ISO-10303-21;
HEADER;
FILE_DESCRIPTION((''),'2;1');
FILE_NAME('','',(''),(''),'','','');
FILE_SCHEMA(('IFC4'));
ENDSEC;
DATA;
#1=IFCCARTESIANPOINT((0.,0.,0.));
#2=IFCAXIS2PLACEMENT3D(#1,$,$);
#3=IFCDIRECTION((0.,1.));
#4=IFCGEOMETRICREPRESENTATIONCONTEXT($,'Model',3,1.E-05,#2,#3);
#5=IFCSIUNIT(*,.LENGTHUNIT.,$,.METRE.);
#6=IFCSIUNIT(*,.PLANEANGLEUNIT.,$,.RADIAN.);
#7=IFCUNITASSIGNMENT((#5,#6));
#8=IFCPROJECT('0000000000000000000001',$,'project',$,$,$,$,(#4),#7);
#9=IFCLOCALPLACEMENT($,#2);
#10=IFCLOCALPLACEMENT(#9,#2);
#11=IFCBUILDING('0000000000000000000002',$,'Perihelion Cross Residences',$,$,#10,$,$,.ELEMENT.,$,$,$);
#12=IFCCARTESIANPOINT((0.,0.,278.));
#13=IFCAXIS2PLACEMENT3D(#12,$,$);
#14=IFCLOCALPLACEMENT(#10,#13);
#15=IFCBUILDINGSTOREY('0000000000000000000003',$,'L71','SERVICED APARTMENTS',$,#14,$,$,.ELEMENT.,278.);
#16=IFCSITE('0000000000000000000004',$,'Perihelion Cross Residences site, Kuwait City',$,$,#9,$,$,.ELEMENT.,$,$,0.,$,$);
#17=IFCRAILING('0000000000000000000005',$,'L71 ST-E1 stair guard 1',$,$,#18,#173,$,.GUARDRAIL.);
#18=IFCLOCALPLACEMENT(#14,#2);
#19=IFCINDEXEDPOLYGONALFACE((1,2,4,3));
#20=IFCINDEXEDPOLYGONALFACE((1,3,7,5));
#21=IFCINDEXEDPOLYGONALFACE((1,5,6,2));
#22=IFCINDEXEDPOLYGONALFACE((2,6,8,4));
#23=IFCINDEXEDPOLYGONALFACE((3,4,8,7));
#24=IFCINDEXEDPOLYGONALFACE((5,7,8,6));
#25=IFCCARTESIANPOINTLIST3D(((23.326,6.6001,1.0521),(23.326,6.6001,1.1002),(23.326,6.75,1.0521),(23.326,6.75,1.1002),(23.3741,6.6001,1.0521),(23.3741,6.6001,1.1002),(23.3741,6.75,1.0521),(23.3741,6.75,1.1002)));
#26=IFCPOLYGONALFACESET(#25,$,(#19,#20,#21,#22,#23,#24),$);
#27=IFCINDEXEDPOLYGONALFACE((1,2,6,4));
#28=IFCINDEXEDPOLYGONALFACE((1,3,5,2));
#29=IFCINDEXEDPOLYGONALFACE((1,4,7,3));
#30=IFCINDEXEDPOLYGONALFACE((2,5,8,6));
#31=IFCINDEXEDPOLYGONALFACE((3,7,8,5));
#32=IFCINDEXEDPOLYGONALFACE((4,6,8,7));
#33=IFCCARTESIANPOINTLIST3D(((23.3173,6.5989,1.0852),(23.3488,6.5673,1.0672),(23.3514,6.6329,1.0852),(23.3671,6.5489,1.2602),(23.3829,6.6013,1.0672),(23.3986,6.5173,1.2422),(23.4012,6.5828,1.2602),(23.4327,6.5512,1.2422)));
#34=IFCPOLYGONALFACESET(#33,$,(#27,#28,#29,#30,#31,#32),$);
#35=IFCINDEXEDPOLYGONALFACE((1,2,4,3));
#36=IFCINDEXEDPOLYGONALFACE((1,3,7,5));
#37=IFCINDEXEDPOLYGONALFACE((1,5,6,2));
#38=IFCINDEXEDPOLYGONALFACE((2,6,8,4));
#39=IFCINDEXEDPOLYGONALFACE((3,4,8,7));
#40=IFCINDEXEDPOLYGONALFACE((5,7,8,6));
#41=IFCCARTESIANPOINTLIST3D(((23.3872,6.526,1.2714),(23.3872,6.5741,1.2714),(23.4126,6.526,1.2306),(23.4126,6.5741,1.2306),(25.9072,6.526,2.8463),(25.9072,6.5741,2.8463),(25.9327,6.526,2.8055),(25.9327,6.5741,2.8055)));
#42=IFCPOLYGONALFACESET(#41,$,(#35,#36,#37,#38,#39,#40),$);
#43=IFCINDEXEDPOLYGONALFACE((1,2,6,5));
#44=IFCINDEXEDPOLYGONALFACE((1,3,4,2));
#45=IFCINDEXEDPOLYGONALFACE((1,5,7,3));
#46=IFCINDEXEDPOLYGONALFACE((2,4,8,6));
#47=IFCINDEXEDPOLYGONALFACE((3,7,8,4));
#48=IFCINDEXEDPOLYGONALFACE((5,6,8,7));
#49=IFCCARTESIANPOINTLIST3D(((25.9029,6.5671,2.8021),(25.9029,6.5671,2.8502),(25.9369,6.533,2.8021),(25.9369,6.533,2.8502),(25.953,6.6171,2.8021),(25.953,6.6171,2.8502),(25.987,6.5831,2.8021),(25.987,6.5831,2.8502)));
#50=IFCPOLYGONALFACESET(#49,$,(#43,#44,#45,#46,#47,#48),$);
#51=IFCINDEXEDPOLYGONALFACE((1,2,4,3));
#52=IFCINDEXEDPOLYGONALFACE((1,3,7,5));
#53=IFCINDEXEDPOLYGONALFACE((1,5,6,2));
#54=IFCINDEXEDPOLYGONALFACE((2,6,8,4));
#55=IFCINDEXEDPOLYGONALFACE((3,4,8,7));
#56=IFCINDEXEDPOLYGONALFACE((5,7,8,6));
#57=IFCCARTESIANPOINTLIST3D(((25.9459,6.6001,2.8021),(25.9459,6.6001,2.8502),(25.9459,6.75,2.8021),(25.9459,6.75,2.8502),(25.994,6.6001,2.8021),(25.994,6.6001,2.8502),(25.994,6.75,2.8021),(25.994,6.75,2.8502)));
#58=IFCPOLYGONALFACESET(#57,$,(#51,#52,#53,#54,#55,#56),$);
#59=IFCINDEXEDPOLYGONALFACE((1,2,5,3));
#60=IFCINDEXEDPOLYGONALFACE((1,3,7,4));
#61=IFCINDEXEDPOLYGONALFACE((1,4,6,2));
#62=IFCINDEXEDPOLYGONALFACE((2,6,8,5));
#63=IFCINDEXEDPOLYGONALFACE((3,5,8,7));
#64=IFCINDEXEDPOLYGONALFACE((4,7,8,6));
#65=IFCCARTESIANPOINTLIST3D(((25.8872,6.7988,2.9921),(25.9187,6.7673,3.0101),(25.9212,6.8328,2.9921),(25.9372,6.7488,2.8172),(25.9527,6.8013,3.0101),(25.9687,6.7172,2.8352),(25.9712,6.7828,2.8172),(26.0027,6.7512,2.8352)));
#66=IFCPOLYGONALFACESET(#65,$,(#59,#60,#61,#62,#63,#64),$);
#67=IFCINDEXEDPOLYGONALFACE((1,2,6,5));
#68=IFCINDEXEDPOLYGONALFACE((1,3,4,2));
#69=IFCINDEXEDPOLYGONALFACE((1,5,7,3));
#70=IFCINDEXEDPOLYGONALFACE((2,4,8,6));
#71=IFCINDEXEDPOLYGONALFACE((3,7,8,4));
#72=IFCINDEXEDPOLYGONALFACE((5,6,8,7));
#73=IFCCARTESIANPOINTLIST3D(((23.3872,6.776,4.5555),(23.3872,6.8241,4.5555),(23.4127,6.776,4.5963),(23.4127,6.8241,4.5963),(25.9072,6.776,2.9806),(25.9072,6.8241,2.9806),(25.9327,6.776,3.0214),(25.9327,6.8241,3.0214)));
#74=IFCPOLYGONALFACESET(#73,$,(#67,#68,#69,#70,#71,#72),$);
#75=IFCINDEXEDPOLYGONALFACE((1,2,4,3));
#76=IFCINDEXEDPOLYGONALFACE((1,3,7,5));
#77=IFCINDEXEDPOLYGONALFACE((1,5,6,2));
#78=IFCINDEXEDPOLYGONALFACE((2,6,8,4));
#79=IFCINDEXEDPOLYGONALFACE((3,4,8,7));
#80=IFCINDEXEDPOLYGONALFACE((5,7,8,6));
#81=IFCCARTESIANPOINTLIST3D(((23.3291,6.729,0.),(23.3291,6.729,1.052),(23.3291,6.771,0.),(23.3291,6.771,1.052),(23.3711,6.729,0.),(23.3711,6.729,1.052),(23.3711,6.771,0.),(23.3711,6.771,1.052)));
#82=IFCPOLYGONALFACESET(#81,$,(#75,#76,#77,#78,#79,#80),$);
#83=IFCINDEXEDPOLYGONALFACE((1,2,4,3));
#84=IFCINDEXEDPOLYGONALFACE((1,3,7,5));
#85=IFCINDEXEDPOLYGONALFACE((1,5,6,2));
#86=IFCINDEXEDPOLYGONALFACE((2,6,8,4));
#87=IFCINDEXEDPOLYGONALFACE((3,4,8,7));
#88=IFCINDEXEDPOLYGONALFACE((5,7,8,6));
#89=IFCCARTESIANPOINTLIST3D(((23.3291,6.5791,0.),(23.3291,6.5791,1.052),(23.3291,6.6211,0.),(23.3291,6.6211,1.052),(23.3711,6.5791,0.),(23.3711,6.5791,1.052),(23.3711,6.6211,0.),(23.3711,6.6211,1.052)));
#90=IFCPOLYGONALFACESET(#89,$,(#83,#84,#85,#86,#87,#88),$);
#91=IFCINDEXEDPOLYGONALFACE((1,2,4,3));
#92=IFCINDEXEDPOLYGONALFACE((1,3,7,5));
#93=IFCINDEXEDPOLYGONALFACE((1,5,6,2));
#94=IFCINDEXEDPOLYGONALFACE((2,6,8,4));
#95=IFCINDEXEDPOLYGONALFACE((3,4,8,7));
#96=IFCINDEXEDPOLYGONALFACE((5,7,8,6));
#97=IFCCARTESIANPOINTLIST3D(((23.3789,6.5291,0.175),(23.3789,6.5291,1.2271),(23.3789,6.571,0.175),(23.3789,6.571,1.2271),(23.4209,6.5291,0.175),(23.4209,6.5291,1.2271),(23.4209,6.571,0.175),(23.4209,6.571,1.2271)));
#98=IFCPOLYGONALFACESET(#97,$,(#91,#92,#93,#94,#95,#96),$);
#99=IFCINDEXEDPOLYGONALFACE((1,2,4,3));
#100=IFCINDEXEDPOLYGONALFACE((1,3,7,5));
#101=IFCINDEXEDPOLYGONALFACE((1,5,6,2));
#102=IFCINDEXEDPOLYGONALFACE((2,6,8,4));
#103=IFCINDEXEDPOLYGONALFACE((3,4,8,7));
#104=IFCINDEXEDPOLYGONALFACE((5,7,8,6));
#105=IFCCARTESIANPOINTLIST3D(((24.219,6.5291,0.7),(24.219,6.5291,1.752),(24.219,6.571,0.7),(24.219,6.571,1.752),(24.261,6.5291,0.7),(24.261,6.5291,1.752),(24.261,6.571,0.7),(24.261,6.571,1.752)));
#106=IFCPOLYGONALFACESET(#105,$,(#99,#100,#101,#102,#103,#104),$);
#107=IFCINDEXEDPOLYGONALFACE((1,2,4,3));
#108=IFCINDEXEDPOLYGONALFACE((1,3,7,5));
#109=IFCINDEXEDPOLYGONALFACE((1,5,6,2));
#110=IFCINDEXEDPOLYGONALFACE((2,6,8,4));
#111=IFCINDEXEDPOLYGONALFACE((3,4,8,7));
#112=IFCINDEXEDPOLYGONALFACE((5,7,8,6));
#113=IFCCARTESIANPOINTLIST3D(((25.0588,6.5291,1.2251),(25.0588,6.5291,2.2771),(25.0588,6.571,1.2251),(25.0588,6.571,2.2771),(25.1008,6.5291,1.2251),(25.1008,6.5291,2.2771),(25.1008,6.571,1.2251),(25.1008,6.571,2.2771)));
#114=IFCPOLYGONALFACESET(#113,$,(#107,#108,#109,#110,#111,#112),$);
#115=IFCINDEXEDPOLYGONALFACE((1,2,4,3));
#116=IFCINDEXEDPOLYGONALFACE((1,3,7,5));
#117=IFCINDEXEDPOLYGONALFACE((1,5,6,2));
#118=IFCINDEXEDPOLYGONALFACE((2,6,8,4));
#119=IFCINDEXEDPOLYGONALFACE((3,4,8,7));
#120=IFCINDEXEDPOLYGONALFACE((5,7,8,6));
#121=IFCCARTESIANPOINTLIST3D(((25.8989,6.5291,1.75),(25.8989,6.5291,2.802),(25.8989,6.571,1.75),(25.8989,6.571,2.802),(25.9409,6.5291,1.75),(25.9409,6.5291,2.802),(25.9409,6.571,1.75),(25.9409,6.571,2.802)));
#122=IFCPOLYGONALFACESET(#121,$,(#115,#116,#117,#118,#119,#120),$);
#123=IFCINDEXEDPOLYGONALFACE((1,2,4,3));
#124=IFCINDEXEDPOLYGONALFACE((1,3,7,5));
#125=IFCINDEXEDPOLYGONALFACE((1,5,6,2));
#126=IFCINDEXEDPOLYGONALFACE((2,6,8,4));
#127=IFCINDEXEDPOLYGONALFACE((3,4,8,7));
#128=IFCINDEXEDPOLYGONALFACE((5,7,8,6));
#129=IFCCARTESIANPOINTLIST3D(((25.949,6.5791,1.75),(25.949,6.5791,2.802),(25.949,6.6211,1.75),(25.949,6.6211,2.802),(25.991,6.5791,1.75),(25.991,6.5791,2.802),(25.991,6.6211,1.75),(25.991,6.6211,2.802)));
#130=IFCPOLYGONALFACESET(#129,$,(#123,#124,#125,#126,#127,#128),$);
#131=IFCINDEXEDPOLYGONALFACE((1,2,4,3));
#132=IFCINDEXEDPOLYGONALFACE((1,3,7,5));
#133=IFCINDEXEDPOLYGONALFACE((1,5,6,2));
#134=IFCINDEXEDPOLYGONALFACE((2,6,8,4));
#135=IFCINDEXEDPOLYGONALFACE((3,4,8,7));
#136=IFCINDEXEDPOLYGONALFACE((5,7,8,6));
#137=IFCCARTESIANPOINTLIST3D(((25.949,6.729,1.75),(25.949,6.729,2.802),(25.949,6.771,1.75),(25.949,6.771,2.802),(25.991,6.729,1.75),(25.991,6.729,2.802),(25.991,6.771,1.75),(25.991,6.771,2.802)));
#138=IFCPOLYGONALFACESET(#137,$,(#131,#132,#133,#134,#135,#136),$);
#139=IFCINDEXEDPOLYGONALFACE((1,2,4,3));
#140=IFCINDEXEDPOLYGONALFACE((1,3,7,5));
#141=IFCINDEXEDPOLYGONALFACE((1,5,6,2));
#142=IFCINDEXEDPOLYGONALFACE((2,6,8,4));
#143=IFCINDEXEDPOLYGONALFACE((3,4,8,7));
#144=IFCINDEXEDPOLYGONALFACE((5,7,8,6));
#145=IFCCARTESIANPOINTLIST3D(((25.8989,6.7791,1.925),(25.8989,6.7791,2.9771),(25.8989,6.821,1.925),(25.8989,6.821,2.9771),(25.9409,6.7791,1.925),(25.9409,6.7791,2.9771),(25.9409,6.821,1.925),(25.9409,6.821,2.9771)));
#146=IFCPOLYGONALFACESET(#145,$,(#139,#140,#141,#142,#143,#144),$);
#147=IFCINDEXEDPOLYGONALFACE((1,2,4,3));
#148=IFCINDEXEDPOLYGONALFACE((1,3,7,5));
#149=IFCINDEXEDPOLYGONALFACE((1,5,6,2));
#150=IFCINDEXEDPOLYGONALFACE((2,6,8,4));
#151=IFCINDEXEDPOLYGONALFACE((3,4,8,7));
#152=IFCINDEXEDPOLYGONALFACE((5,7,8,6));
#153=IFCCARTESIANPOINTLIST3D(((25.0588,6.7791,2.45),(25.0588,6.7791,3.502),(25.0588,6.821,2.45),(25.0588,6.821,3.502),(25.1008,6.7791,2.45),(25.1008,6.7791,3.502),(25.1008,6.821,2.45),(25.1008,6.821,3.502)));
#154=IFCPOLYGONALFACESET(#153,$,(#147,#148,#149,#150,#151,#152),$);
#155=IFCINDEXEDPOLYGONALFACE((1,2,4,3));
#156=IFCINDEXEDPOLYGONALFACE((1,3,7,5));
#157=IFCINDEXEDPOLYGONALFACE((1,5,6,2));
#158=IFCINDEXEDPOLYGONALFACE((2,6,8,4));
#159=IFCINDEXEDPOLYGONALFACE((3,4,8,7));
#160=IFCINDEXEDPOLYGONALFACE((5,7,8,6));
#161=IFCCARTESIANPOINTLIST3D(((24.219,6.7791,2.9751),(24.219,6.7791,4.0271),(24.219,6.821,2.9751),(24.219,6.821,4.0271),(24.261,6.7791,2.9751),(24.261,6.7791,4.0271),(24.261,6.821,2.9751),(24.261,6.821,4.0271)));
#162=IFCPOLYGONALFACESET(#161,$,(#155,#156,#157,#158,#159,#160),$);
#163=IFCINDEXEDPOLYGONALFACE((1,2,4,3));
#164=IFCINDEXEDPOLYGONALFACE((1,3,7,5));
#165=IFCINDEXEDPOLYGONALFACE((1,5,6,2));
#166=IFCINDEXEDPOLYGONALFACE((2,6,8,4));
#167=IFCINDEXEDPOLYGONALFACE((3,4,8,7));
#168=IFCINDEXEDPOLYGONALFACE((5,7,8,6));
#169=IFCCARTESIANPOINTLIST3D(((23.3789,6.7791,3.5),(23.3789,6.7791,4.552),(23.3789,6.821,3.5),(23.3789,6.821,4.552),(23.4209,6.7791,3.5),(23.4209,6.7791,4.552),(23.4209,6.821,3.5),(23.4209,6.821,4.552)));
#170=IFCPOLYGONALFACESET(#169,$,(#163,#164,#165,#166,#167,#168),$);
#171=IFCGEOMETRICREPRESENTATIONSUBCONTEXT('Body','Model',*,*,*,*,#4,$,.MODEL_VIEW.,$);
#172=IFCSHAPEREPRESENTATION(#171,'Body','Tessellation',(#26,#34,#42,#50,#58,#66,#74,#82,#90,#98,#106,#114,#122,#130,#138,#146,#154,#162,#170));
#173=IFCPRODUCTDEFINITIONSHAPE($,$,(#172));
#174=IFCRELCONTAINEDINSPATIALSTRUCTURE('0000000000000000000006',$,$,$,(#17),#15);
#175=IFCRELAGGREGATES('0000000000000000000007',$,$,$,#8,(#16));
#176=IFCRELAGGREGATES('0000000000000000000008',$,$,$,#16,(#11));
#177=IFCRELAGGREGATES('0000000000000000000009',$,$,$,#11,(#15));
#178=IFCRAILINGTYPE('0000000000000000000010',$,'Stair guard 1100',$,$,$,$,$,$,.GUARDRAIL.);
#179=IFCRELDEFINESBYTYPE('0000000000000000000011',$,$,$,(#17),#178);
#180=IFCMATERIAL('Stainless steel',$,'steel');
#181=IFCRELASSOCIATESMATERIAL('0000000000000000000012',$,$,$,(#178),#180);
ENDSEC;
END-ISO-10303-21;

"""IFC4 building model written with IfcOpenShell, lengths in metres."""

from ifc_helpers import new_model, si_unit, direction, frame, origin, origin_2d, place, context, subcontext, project, spatial, rectangle, extrude, material, type_object, element, save


model = new_model("IFC4")

# Units and contexts
model_context = context("Model", 3, precision=1e-05, world=origin(), true_north=direction((0.0, 1.0)))
body_context = subcontext(model_context, "Body", "Model", "MODEL_VIEW")
ifc_project = project(units=[si_unit("LENGTHUNIT", "METRE"), si_unit("PLANEANGLEUNIT", "RADIAN")], contexts=[model_context])

# Site, building, storey
site_placement = place(None, origin())
site = spatial("IfcSite", under=ifc_project, at=site_placement, Name="Perihelion Cross Residences site, Kuwait City", CompositionType="ELEMENT", RefElevation=0.0)
building_placement = place(site_placement, origin())
building = spatial("IfcBuilding", under=site, at=building_placement, Name="Perihelion Cross Residences", CompositionType="ELEMENT")
storey_placement = place(building_placement, frame((0.0, 0.0, 278.0)))
storey = spatial("IfcBuildingStorey", under=building, at=storey_placement, Name="L71", Description="SERVICED APARTMENTS", CompositionType="ELEMENT", Elevation=278.0)

# Railing
ifc_material_1 = material(Name="Stainless steel", Category="steel")
railing_type_1 = type_object("IfcRailingType", Name="Stair guard 1100", PredefinedType="GUARDRAIL", material=ifc_material_1)
railing_1_placement = place(storey_placement, frame((23.3501, 6.75, 0.0)))
element("IfcRailing", 1, at=railing_1_placement, inside=storey, type_object=railing_type_1, Name="L71 ST-E1 stair guard 1", PredefinedType="GUARDRAIL", context=body_context, shape_type="SweptSolid", body=[
    extrude(rectangle(XDim=0.0481, YDim=0.0481, at=origin_2d()), frame((0.0, 0.0, 1.0762), z_axis=(0.0, -1.0, 0.0), x_axis=(1.0, 0.0, 0.0)), (0.0, 0.0, 1.0), 0.1499),
    extrude(rectangle(XDim=0.0481, YDim=0.0481, at=origin_2d()), frame((0.0, -0.1499, 1.0762), z_axis=(0.263862, -0.265156, 0.927399), x_axis=(0.708834, 0.705376, 0.0)), (0.0, 0.0, 1.0), 0.1887),
    extrude(rectangle(XDim=0.0481, YDim=0.0481, at=origin_2d()), frame((0.0498, -0.2, 1.251), z_axis=(0.848008, 0.0, 0.529984), x_axis=(0.0, 1.0, 0.0)), (0.0, 0.0, 1.0), 2.9717),
    extrude(rectangle(XDim=0.0481, YDim=0.0481, at=origin_2d()), frame((2.5698, -0.2, 2.8262), z_axis=(0.707107, 0.707107, 0.0), x_axis=(-0.707107, 0.707107, 0.0)), (0.0, 0.0, 1.0), 0.0708),
    extrude(rectangle(XDim=0.0481, YDim=0.0481, at=origin_2d()), frame((2.6199, -0.1499, 2.8262), z_axis=(0.0, 1.0, 0.0), x_axis=(-1.0, 0.0, 0.0)), (0.0, 0.0, 1.0), 0.1499),
    extrude(rectangle(XDim=0.0481, YDim=0.0481, at=origin_2d()), frame((2.6199, 0.0, 2.8262), z_axis=(-0.265065, 0.265065, 0.927082), x_axis=(-0.707107, -0.707107, 0.0)), (0.0, 0.0, 1.0), 0.1887),
    extrude(rectangle(XDim=0.0481, YDim=0.0481, at=origin_2d()), frame((2.5698, 0.05, 3.001), z_axis=(-0.848008, 0.0, 0.529984), x_axis=(0.0, -1.0, 0.0)), (0.0, 0.0, 1.0), 2.9717),
    extrude(rectangle(XDim=0.042, YDim=0.042, at=origin_2d()), origin(), (0.0, 0.0, 1.0), 1.052),
    extrude(rectangle(XDim=0.042, YDim=0.042, at=origin_2d()), frame((0.0, -0.1499, 0.0)), (0.0, 0.0, 1.0), 1.052),
    extrude(rectangle(XDim=0.042, YDim=0.042, at=origin_2d()), frame((0.0498, -0.2, 0.175)), (0.0, 0.0, 1.0), 1.052),
    extrude(rectangle(XDim=0.042, YDim=0.042, at=origin_2d()), frame((0.8899, -0.2, 0.7)), (0.0, 0.0, 1.0), 1.052),
    extrude(rectangle(XDim=0.042, YDim=0.042, at=origin_2d()), frame((1.7297, -0.2, 1.2251)), (0.0, 0.0, 1.0), 1.052),
    extrude(rectangle(XDim=0.042, YDim=0.042, at=origin_2d()), frame((2.5698, -0.2, 1.75)), (0.0, 0.0, 1.0), 1.052),
    extrude(rectangle(XDim=0.042, YDim=0.042, at=origin_2d()), frame((2.6199, -0.1499, 1.75)), (0.0, 0.0, 1.0), 1.052),
    extrude(rectangle(XDim=0.042, YDim=0.042, at=origin_2d()), frame((2.6199, 0.0, 1.75)), (0.0, 0.0, 1.0), 1.052),
    extrude(rectangle(XDim=0.042, YDim=0.042, at=origin_2d()), frame((2.5698, 0.05, 1.925)), (0.0, 0.0, 1.0), 1.052),
    extrude(rectangle(XDim=0.042, YDim=0.042, at=origin_2d()), frame((1.7297, 0.05, 2.45)), (0.0, 0.0, 1.0), 1.052),
    extrude(rectangle(XDim=0.042, YDim=0.042, at=origin_2d()), frame((0.8899, 0.05, 2.9751)), (0.0, 0.0, 1.0), 1.052),
    extrude(rectangle(XDim=0.042, YDim=0.042, at=origin_2d()), frame((0.0498, 0.05, 3.5)), (0.0, 0.0, 1.0), 1.052),
])

save(model, "model.ifc")
